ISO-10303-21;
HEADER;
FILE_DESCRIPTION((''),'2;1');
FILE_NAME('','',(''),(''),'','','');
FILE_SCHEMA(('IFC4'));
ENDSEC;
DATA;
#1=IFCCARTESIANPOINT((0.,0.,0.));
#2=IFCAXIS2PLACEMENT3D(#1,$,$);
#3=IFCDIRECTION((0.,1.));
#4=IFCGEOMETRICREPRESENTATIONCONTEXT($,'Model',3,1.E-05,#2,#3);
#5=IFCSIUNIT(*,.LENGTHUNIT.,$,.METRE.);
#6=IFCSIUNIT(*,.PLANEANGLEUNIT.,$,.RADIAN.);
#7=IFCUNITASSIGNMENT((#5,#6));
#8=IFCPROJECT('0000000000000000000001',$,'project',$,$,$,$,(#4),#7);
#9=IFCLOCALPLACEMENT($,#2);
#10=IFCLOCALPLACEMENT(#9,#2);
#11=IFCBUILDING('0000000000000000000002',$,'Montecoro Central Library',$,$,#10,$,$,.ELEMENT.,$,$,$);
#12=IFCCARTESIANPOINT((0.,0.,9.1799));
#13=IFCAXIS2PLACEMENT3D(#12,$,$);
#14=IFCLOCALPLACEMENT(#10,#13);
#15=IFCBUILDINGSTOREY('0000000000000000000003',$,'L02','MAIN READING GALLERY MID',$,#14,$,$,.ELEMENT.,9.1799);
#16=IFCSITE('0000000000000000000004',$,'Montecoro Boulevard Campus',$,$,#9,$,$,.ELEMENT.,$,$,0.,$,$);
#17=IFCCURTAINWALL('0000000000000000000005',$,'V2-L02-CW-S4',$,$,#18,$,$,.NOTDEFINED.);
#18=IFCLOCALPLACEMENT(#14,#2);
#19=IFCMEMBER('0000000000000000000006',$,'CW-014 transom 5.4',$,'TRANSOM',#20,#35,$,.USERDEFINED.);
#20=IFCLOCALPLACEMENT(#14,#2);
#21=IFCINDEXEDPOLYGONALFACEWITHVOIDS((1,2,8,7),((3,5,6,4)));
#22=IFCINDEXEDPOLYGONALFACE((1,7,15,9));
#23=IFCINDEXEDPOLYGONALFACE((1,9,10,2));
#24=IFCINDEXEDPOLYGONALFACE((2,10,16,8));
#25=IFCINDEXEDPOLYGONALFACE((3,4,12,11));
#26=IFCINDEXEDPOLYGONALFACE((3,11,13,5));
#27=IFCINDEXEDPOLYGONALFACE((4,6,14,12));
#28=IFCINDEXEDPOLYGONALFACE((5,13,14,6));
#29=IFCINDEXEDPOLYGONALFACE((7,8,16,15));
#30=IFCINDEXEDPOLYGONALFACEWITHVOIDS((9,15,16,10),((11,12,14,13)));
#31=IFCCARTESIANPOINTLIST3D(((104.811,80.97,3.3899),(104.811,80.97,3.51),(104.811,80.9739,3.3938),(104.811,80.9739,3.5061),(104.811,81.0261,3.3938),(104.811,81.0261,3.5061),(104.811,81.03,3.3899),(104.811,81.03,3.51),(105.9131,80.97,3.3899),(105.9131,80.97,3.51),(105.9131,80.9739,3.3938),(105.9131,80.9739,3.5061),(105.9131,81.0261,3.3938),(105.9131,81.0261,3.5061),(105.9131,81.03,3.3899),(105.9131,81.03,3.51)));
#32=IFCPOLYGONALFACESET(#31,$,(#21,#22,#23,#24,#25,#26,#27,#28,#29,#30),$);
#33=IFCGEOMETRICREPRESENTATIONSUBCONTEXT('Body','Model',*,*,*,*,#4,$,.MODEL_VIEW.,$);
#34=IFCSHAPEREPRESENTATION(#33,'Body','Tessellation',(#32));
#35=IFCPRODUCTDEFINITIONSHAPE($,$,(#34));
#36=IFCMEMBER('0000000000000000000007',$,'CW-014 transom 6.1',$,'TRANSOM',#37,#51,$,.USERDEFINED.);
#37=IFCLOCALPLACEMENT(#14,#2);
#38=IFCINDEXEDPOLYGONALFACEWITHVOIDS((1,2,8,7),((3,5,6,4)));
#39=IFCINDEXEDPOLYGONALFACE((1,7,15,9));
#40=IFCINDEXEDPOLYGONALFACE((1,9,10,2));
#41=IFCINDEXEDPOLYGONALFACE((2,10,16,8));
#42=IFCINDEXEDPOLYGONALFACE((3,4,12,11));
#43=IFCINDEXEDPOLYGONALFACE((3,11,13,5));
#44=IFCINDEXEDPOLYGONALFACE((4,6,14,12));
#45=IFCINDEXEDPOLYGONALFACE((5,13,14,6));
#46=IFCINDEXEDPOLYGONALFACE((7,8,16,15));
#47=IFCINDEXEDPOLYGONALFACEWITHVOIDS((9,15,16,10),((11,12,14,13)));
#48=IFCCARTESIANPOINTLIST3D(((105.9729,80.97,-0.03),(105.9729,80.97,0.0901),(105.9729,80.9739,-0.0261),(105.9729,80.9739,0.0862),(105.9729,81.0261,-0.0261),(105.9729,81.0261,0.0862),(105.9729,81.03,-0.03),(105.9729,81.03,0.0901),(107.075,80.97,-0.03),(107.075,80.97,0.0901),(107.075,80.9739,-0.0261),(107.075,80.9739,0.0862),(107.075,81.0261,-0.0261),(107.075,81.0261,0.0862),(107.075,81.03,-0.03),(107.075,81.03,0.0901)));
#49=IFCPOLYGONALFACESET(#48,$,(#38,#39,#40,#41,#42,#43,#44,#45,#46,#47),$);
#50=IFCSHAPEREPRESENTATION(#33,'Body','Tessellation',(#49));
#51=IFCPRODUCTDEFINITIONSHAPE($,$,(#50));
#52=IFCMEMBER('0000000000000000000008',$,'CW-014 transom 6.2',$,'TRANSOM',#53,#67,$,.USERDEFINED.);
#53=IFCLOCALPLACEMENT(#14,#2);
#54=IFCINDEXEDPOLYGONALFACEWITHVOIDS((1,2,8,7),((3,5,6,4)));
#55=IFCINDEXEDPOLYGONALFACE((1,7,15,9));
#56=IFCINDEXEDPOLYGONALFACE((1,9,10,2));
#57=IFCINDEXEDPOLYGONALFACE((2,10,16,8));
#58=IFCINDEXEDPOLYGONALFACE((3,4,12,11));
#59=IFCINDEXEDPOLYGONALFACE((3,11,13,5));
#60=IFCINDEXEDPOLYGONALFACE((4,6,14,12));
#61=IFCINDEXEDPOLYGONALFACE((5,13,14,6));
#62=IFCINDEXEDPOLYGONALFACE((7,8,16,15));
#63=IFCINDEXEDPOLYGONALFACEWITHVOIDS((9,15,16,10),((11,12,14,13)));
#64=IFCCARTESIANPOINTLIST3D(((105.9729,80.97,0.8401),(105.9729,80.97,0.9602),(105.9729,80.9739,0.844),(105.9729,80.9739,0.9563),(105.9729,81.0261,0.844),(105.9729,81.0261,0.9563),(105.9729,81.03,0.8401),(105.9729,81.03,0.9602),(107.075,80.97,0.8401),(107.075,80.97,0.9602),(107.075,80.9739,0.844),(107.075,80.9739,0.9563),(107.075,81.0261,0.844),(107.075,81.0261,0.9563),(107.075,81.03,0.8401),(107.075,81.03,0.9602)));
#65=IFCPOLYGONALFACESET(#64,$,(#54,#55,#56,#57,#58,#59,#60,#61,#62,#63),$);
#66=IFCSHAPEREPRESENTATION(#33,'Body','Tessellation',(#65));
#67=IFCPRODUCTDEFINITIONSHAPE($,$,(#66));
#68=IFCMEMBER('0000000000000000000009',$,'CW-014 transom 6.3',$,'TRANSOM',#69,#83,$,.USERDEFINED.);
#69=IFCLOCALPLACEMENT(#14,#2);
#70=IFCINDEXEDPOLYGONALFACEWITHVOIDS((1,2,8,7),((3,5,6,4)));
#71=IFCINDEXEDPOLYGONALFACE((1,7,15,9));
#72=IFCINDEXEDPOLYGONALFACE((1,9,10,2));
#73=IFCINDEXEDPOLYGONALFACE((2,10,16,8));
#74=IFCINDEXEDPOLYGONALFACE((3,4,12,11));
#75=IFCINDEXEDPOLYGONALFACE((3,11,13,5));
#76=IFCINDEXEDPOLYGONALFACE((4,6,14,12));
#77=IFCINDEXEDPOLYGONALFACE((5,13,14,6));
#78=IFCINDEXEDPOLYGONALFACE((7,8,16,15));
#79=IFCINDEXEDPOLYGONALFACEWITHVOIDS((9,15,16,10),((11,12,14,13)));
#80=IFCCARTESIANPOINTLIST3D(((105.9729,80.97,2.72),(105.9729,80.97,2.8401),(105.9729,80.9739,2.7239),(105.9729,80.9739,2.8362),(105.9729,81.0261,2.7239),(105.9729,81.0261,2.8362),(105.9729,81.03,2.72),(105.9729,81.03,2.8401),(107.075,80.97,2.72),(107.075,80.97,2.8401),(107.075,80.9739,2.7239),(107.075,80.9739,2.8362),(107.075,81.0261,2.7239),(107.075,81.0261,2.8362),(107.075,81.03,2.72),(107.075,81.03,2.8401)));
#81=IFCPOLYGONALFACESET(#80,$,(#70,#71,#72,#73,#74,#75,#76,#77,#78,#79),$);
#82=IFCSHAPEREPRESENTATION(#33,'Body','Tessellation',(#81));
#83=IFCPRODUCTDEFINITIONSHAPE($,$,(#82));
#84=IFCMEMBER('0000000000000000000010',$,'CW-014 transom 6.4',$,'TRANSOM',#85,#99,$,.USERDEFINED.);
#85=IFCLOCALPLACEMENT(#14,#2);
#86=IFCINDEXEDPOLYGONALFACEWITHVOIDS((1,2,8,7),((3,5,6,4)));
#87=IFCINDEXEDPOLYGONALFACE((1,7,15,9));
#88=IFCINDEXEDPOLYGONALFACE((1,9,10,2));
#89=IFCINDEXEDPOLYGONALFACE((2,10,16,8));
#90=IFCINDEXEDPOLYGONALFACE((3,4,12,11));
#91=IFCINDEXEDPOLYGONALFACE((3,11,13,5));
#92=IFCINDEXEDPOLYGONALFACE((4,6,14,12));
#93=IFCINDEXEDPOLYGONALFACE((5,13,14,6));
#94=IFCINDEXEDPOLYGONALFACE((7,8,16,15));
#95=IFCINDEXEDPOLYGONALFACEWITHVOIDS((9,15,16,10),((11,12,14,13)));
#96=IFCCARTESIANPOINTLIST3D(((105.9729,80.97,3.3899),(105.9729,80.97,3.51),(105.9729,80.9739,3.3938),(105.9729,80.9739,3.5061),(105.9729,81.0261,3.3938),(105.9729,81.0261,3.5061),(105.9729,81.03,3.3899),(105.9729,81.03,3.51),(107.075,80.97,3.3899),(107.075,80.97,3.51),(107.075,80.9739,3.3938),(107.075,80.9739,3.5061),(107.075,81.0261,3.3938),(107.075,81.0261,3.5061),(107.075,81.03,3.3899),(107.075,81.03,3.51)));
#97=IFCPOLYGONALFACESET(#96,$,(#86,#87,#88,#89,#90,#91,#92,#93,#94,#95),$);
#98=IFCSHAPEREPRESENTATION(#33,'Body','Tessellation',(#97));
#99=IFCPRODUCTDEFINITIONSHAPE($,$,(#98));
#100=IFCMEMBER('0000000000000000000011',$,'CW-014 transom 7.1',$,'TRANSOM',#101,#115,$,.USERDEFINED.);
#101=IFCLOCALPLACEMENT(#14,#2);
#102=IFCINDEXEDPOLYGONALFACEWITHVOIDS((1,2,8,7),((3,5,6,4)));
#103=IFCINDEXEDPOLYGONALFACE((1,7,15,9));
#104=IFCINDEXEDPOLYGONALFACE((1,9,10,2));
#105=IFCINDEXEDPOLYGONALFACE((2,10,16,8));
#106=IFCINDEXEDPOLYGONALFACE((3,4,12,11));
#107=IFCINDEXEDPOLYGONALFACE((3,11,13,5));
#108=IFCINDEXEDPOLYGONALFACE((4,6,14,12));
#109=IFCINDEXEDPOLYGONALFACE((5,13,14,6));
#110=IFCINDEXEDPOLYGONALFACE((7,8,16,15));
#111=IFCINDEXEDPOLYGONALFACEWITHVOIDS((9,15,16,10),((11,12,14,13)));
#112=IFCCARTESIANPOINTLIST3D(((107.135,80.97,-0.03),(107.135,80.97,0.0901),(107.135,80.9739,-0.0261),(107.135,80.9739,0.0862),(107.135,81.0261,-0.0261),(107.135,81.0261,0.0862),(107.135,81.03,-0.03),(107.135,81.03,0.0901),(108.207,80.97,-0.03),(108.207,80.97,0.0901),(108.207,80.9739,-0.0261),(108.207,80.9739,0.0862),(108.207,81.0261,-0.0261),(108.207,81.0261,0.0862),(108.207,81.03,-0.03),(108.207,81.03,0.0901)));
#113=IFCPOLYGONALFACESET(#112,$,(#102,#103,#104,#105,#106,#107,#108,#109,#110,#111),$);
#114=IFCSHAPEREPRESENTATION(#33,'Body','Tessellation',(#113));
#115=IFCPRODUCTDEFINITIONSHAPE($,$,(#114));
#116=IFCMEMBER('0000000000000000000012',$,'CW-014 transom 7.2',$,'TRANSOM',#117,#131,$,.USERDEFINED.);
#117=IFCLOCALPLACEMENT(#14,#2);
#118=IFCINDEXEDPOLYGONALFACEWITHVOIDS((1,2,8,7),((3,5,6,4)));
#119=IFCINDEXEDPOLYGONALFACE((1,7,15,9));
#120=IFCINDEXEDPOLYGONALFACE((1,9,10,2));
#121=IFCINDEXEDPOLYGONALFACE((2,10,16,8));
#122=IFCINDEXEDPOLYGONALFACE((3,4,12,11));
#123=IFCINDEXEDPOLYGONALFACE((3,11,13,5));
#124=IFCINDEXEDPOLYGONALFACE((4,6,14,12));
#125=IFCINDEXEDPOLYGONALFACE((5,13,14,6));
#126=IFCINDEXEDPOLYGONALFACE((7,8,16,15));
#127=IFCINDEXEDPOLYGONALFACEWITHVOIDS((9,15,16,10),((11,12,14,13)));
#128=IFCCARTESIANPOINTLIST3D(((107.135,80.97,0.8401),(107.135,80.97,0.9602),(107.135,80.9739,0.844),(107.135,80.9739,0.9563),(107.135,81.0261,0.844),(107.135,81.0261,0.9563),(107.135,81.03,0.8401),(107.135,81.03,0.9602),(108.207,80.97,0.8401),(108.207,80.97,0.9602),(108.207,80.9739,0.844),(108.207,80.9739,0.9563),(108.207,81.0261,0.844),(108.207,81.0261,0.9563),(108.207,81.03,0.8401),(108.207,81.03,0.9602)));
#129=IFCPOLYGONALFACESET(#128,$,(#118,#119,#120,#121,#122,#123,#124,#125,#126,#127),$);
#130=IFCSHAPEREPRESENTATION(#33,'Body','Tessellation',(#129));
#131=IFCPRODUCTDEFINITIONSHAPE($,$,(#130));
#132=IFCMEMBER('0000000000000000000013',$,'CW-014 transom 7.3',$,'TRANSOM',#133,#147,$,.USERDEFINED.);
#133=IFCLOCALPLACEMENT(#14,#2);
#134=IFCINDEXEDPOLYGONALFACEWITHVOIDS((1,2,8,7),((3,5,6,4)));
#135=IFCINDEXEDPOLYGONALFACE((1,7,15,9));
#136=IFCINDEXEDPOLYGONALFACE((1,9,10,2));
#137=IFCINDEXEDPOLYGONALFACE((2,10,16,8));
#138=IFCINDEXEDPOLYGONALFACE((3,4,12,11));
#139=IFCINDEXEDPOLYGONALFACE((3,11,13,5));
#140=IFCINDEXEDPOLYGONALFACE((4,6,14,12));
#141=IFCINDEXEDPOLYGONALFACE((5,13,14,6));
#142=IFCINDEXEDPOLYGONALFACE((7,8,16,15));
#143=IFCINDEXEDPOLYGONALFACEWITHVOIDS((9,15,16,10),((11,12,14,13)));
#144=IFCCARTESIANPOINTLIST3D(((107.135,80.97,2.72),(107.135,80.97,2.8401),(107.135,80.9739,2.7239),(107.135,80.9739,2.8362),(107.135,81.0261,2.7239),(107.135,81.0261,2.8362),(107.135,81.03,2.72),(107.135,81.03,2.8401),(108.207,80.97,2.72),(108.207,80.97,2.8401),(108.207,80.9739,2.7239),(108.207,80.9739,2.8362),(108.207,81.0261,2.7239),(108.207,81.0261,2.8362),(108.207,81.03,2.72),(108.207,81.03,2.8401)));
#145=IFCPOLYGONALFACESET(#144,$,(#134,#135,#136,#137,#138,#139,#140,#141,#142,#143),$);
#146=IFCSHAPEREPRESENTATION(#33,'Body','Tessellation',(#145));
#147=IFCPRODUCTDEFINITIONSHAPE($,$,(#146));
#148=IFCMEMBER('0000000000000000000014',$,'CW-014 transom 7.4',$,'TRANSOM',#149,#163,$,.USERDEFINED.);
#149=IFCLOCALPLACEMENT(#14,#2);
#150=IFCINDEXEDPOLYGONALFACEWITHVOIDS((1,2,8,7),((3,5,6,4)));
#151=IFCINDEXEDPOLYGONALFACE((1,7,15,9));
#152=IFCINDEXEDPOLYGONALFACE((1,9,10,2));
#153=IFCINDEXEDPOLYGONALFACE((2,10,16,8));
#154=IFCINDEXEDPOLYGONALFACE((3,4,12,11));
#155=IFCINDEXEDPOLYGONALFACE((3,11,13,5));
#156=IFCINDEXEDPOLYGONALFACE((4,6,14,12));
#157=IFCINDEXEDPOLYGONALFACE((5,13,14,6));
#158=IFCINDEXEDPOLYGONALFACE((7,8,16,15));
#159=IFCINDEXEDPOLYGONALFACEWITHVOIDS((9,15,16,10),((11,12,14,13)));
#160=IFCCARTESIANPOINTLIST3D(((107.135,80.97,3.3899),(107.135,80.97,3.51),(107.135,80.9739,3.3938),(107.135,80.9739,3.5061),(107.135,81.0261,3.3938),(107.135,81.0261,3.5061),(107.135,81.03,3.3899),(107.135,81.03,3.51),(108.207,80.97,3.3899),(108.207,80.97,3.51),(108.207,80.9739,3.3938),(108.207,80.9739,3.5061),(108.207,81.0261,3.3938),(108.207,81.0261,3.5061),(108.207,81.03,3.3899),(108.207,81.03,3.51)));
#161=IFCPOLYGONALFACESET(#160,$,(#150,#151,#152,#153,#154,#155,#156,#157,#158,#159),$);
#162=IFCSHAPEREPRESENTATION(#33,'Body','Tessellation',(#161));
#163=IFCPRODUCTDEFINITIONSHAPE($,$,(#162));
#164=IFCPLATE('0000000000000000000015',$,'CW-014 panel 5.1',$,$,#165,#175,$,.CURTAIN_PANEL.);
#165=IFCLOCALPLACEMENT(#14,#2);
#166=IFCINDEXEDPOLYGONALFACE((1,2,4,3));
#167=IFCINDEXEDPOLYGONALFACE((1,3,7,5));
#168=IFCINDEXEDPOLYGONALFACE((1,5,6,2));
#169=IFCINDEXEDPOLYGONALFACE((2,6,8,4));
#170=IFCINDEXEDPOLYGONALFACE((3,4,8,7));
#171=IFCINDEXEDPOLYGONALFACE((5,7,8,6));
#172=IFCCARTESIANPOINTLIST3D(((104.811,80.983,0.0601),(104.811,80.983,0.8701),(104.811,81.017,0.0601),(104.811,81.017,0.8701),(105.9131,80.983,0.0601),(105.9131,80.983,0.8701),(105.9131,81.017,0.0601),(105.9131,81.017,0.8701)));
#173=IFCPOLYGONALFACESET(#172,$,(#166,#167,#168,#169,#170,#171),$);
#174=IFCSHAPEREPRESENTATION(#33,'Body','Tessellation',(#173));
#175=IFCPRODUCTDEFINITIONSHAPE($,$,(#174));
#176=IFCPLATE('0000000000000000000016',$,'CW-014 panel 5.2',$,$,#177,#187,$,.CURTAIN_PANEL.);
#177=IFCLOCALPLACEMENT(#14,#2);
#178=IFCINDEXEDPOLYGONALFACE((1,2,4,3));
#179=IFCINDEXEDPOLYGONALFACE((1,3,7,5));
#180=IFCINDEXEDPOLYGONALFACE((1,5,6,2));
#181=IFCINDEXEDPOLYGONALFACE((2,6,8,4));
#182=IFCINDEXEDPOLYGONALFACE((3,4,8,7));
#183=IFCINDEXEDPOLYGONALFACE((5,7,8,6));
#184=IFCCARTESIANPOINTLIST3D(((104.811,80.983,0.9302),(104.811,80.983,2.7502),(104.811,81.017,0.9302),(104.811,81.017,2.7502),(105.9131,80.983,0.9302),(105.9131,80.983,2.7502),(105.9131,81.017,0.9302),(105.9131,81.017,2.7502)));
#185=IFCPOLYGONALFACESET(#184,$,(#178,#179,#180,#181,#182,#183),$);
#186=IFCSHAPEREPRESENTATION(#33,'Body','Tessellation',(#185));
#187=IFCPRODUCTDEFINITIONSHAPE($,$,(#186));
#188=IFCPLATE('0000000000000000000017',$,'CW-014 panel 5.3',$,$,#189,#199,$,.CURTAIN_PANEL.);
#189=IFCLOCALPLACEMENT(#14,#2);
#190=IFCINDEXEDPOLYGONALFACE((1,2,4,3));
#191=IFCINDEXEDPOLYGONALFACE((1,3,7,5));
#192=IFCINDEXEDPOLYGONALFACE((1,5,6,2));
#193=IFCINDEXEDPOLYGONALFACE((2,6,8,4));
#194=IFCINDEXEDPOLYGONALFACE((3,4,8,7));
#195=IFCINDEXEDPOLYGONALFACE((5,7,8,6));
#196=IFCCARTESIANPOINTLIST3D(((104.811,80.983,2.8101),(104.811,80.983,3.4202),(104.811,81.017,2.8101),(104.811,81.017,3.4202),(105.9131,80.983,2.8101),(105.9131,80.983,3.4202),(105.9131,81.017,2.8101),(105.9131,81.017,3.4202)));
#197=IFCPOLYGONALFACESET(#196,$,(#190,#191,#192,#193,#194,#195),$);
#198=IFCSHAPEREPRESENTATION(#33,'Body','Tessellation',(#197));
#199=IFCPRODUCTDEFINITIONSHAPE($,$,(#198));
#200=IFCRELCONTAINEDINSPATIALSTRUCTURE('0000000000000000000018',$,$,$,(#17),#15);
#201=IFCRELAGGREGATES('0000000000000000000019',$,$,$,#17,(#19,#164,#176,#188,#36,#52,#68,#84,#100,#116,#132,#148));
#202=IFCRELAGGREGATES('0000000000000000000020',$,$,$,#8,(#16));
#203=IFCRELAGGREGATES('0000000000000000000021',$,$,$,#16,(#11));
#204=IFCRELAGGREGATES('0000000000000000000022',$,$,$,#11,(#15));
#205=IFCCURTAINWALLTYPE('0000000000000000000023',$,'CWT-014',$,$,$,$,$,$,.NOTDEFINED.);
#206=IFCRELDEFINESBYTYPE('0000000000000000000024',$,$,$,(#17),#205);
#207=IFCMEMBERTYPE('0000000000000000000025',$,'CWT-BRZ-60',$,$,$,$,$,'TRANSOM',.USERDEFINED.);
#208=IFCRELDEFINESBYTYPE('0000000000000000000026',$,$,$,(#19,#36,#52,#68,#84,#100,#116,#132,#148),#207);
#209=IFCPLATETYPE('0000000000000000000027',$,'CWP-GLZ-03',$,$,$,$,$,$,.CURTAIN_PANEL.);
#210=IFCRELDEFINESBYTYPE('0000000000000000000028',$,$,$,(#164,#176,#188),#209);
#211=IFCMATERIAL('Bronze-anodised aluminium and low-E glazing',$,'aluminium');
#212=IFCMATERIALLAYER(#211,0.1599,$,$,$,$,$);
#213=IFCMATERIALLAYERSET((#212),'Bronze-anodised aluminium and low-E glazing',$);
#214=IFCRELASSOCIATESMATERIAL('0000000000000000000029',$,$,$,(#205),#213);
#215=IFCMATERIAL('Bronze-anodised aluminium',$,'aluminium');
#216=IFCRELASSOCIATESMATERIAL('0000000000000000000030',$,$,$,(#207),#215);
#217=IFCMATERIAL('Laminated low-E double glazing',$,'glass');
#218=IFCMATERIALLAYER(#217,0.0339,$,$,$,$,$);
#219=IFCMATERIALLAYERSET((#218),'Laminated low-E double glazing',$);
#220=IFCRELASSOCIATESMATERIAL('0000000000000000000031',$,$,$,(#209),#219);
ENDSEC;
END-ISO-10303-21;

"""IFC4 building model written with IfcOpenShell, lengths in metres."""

from ifc_helpers import new_model, si_unit, direction, frame, origin, origin_2d, place, context, subcontext, project, spatial, rectangle, hollow_rectangle, extrude, material, layer, layer_set, material_profile, profile_set, type_object, element, aggregate, save


model = new_model("IFC4")

# Units and contexts
model_context = context("Model", 3, precision=1e-05, world=origin(), true_north=direction((0.0, 1.0)))
body_context = subcontext(model_context, "Body", "Model", "MODEL_VIEW")
ifc_project = project(units=[si_unit("LENGTHUNIT", "METRE"), si_unit("PLANEANGLEUNIT", "RADIAN")], contexts=[model_context])

# Site, building, storey
site_placement = place(None, origin())
site = spatial("IfcSite", under=ifc_project, at=site_placement, Name="Montecoro Boulevard Campus", CompositionType="ELEMENT", RefElevation=0.0)
building_placement = place(site_placement, origin())
building = spatial("IfcBuilding", under=site, at=building_placement, Name="Montecoro Central Library", CompositionType="ELEMENT")
storey_placement = place(building_placement, frame((0.0, 0.0, 9.1799)))
storey = spatial("IfcBuildingStorey", under=building, at=storey_placement, Name="L02", Description="MAIN READING GALLERY MID", CompositionType="ELEMENT", Elevation=9.1799)

# Curtain wall, members, plates
ifc_material_1 = material(Name="Bronze-anodised aluminium and low-E glazing", Category="aluminium")
ifc_layer_1 = layer(ifc_material_1, 0.1599)
ifc_layer_set_1 = layer_set([ifc_layer_1], Name="Bronze-anodised aluminium and low-E glazing")
curtain_wall_type = type_object("IfcCurtainWallType", Name="CWT-014", PredefinedType="NOTDEFINED", material=ifc_layer_set_1)
curtain_wall_placement = place(storey_placement, origin())
curtain_wall = element("IfcCurtainWall", 1, at=curtain_wall_placement, inside=storey, type_object=curtain_wall_type, Name="V2-L02-CW-S4", PredefinedType="NOTDEFINED")
ifc_material_2 = material(Name="Bronze-anodised aluminium", Category="aluminium")
ifc_material_profile_1 = material_profile(ifc_material_2, hollow_rectangle(XDim=0.0601, YDim=0.1201, WallThickness=0.0039, at=origin_2d()), Name="CWT 120x60x4.0")
ifc_profile_set_1 = profile_set([ifc_material_profile_1], Name="Bronze-anodised aluminium")
member_type_1 = type_object("IfcMemberType", Name="CWT-BRZ-60", ElementType="TRANSOM", PredefinedType="USERDEFINED", material=ifc_profile_set_1)
member_1_placement = place(storey_placement, frame((104.811, 81.0, 3.45), z_axis=(1.0, 0.0, 0.0), x_axis=(0.0, 1.0, 0.0)))
member_1 = element("IfcMember", 2, at=member_1_placement, type_object=member_type_1, Name="CW-014 transom 5.4", ObjectType="TRANSOM", PredefinedType="USERDEFINED", context=body_context, shape_type="SweptSolid", body=[
    extrude(hollow_rectangle(XDim=0.0601, YDim=0.1201, WallThickness=0.0039, at=origin_2d()), origin(), (0.0, 0.0, 1.0), 1.1021),
])
member_2_placement = place(storey_placement, frame((105.9729, 81.0, 0.03), z_axis=(1.0, 0.0, 0.0), x_axis=(0.0, 1.0, 0.0)))
member_2 = element("IfcMember", 3, at=member_2_placement, type_object=member_type_1, Name="CW-014 transom 6.1", ObjectType="TRANSOM", PredefinedType="USERDEFINED", context=body_context, shape_type="SweptSolid", body=[
    extrude(hollow_rectangle(XDim=0.0601, YDim=0.1201, WallThickness=0.0039, at=origin_2d()), origin(), (0.0, 0.0, 1.0), 1.1021),
])
member_3_placement = place(storey_placement, frame((105.9729, 81.0, 0.9001), z_axis=(1.0, 0.0, 0.0), x_axis=(0.0, 1.0, 0.0)))
member_3 = element("IfcMember", 4, at=member_3_placement, type_object=member_type_1, Name="CW-014 transom 6.2", ObjectType="TRANSOM", PredefinedType="USERDEFINED", context=body_context, shape_type="SweptSolid", body=[
    extrude(hollow_rectangle(XDim=0.0601, YDim=0.1201, WallThickness=0.0039, at=origin_2d()), origin(), (0.0, 0.0, 1.0), 1.1021),
])
member_4_placement = place(storey_placement, frame((105.9729, 81.0, 2.78), z_axis=(1.0, 0.0, 0.0), x_axis=(0.0, 1.0, 0.0)))
member_4 = element("IfcMember", 5, at=member_4_placement, type_object=member_type_1, Name="CW-014 transom 6.3", ObjectType="TRANSOM", PredefinedType="USERDEFINED", context=body_context, shape_type="SweptSolid", body=[
    extrude(hollow_rectangle(XDim=0.0601, YDim=0.1201, WallThickness=0.0039, at=origin_2d()), origin(), (0.0, 0.0, 1.0), 1.1021),
])
member_5_placement = place(storey_placement, frame((105.9729, 81.0, 3.45), z_axis=(1.0, 0.0, 0.0), x_axis=(0.0, 1.0, 0.0)))
member_5 = element("IfcMember", 6, at=member_5_placement, type_object=member_type_1, Name="CW-014 transom 6.4", ObjectType="TRANSOM", PredefinedType="USERDEFINED", context=body_context, shape_type="SweptSolid", body=[
    extrude(hollow_rectangle(XDim=0.0601, YDim=0.1201, WallThickness=0.0039, at=origin_2d()), origin(), (0.0, 0.0, 1.0), 1.1021),
])
member_6_placement = place(storey_placement, frame((107.135, 81.0, 0.03), z_axis=(1.0, 0.0, 0.0), x_axis=(0.0, 1.0, 0.0)))
member_6 = element("IfcMember", 7, at=member_6_placement, type_object=member_type_1, Name="CW-014 transom 7.1", ObjectType="TRANSOM", PredefinedType="USERDEFINED", context=body_context, shape_type="SweptSolid", body=[
    extrude(hollow_rectangle(XDim=0.0601, YDim=0.1201, WallThickness=0.0039, at=origin_2d()), origin(), (0.0, 0.0, 1.0), 1.072),
])
member_7_placement = place(storey_placement, frame((107.135, 81.0, 0.9001), z_axis=(1.0, 0.0, 0.0), x_axis=(0.0, 1.0, 0.0)))
member_7 = element("IfcMember", 8, at=member_7_placement, type_object=member_type_1, Name="CW-014 transom 7.2", ObjectType="TRANSOM", PredefinedType="USERDEFINED", context=body_context, shape_type="SweptSolid", body=[
    extrude(hollow_rectangle(XDim=0.0601, YDim=0.1201, WallThickness=0.0039, at=origin_2d()), origin(), (0.0, 0.0, 1.0), 1.072),
])
member_8_placement = place(storey_placement, frame((107.135, 81.0, 2.78), z_axis=(1.0, 0.0, 0.0), x_axis=(0.0, 1.0, 0.0)))
member_8 = element("IfcMember", 9, at=member_8_placement, type_object=member_type_1, Name="CW-014 transom 7.3", ObjectType="TRANSOM", PredefinedType="USERDEFINED", context=body_context, shape_type="SweptSolid", body=[
    extrude(hollow_rectangle(XDim=0.0601, YDim=0.1201, WallThickness=0.0039, at=origin_2d()), origin(), (0.0, 0.0, 1.0), 1.072),
])
member_9_placement = place(storey_placement, frame((107.135, 81.0, 3.45), z_axis=(1.0, 0.0, 0.0), x_axis=(0.0, 1.0, 0.0)))
member_9 = element("IfcMember", 10, at=member_9_placement, type_object=member_type_1, Name="CW-014 transom 7.4", ObjectType="TRANSOM", PredefinedType="USERDEFINED", context=body_context, shape_type="SweptSolid", body=[
    extrude(hollow_rectangle(XDim=0.0601, YDim=0.1201, WallThickness=0.0039, at=origin_2d()), origin(), (0.0, 0.0, 1.0), 1.072),
])
ifc_material_3 = material(Name="Laminated low-E double glazing", Category="glass")
ifc_layer_2 = layer(ifc_material_3, 0.0339)
ifc_layer_set_2 = layer_set([ifc_layer_2], Name="Laminated low-E double glazing")
plate_type = type_object("IfcPlateType", Name="CWP-GLZ-03", PredefinedType="CURTAIN_PANEL", material=ifc_layer_set_2)
plate_1_placement = place(storey_placement, frame((105.3621, 81.0, 0.0601), z_axis=(0.0, 0.0, 1.0), x_axis=(1.0, 0.0, 0.0)))
plate_1 = element("IfcPlate", 11, at=plate_1_placement, type_object=plate_type, Name="CW-014 panel 5.1", PredefinedType="CURTAIN_PANEL", context=body_context, shape_type="SweptSolid", body=[
    extrude(rectangle(XDim=1.1021, YDim=0.0339, at=origin_2d()), origin(), (0.0, 0.0, 1.0), 0.8101),
])
plate_2_placement = place(storey_placement, frame((105.3621, 81.0, 0.9302), z_axis=(0.0, 0.0, 1.0), x_axis=(1.0, 0.0, 0.0)))
plate_2 = element("IfcPlate", 12, at=plate_2_placement, type_object=plate_type, Name="CW-014 panel 5.2", PredefinedType="CURTAIN_PANEL", context=body_context, shape_type="SweptSolid", body=[
    extrude(rectangle(XDim=1.1021, YDim=0.0339, at=origin_2d()), origin(), (0.0, 0.0, 1.0), 1.8201),
])
plate_3_placement = place(storey_placement, frame((105.3621, 81.0, 2.8101), z_axis=(0.0, 0.0, 1.0), x_axis=(1.0, 0.0, 0.0)))
plate_3 = element("IfcPlate", 13, at=plate_3_placement, type_object=plate_type, Name="CW-014 panel 5.3", PredefinedType="CURTAIN_PANEL", context=body_context, shape_type="SweptSolid", body=[
    extrude(rectangle(XDim=1.1021, YDim=0.0339, at=origin_2d()), origin(), (0.0, 0.0, 1.0), 0.6101),
])
aggregate(curtain_wall, [member_1, plate_1, plate_2, plate_3, member_2, member_3, member_4, member_5, member_6, member_7, member_8, member_9])

save(model, "model.ifc")
